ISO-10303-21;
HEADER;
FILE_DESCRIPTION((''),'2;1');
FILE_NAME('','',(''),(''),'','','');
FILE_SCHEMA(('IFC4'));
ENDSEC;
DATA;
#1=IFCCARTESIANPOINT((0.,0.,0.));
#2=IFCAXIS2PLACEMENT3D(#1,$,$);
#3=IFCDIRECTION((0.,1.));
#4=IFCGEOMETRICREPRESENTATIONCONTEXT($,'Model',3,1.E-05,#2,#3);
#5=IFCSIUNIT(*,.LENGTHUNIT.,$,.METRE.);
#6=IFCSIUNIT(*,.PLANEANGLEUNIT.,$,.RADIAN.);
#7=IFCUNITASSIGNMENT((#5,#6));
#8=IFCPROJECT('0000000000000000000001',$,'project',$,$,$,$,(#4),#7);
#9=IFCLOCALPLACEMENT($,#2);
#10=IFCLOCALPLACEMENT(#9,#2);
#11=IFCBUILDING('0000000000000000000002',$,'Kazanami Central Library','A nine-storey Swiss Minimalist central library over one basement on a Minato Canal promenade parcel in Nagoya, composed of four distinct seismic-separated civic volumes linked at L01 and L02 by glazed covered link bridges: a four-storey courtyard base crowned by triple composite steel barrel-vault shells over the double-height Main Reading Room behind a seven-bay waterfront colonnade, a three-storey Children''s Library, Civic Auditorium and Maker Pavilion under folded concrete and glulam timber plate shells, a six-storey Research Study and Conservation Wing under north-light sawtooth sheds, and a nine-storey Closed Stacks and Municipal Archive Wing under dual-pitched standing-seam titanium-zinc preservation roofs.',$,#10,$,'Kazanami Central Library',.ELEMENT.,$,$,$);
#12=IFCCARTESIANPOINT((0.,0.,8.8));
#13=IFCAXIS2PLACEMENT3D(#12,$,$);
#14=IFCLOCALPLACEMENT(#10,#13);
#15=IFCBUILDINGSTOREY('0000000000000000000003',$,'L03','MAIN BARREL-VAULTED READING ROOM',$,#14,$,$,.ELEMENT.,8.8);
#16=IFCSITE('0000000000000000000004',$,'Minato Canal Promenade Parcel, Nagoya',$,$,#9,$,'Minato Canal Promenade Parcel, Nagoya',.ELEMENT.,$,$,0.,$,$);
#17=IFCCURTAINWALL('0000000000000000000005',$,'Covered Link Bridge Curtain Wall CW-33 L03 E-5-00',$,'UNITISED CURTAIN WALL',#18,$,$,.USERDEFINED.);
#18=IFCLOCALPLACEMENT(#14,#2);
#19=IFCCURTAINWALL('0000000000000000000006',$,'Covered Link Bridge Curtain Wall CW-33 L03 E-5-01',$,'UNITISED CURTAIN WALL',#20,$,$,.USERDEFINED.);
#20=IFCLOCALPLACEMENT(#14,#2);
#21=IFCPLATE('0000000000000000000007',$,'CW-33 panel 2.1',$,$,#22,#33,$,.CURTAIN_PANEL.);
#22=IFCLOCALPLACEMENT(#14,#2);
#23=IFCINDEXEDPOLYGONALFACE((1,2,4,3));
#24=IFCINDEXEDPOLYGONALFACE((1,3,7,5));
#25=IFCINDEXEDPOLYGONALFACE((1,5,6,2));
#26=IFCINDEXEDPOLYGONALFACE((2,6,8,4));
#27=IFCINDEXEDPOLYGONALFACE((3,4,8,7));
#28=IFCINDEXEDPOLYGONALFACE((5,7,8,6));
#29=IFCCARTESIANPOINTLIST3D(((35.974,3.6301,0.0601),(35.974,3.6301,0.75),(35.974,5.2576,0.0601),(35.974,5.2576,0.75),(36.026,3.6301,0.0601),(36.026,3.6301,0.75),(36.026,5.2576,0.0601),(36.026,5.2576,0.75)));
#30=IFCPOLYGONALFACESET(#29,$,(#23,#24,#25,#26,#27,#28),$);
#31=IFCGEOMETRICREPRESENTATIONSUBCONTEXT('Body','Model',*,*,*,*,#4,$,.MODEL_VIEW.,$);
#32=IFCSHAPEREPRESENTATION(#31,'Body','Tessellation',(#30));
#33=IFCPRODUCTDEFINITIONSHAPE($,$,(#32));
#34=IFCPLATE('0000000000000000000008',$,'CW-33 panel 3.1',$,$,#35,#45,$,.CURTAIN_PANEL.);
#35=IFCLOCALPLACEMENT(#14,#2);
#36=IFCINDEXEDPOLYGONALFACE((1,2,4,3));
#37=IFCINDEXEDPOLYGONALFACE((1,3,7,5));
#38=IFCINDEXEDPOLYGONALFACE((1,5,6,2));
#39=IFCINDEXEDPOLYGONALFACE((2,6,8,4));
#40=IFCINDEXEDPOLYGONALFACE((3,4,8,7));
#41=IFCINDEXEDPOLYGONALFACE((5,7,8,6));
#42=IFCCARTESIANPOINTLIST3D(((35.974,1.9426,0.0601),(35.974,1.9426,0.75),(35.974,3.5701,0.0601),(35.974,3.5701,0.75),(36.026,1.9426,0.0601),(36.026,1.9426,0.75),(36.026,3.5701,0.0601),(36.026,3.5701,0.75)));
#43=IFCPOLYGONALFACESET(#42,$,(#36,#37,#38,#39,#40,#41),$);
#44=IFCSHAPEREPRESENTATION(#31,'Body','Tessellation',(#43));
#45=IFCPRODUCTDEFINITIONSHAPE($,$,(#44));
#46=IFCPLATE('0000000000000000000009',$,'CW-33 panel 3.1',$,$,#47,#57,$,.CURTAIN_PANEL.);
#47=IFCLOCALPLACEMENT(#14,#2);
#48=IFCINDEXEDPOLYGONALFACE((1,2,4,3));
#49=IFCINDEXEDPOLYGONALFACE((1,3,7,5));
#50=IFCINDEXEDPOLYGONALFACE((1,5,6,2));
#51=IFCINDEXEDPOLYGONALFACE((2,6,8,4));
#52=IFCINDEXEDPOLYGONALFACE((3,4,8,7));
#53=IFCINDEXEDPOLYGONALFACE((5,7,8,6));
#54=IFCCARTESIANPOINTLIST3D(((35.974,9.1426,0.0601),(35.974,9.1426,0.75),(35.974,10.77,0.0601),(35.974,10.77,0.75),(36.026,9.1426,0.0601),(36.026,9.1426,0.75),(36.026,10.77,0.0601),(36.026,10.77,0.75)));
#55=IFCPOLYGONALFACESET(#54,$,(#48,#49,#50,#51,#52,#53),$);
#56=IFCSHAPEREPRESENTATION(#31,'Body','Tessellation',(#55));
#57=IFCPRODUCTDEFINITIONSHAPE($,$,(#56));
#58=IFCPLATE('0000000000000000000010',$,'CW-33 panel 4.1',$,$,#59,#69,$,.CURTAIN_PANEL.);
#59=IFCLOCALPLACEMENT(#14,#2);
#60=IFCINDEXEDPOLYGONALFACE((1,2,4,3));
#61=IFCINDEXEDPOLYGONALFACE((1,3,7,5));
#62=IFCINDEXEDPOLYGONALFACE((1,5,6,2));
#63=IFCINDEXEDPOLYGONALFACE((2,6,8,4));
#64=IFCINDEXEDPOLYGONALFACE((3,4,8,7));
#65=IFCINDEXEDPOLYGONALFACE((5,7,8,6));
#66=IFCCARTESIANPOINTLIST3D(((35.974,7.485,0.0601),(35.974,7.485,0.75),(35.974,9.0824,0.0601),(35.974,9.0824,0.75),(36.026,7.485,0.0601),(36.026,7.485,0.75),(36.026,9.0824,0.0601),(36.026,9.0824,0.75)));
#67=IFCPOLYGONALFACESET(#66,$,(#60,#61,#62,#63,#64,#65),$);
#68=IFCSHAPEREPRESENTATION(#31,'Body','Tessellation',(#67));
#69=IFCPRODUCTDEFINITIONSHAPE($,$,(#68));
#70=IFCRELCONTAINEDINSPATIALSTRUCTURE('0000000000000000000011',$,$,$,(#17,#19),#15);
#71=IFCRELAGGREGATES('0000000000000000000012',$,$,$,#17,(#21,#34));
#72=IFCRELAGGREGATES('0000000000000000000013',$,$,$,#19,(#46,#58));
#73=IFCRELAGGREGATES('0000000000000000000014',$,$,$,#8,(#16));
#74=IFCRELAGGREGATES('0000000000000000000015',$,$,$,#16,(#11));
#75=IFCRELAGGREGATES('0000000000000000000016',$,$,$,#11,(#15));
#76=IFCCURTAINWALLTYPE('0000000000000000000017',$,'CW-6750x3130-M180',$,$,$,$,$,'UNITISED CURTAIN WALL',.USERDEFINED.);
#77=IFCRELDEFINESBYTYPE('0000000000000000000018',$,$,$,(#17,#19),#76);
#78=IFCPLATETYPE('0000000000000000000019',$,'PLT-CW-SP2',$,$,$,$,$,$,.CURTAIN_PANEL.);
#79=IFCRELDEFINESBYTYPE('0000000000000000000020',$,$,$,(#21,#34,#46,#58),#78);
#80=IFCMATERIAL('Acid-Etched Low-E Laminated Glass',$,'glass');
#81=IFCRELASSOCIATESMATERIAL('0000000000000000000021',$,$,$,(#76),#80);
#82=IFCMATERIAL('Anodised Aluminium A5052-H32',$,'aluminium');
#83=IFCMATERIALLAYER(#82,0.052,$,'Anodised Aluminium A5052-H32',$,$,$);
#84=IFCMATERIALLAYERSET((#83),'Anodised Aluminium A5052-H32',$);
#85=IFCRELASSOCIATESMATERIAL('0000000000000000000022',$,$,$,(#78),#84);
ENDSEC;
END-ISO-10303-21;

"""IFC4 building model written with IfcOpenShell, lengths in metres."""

from ifc_helpers import new_model, si_unit, direction, frame, origin, origin_2d, place, context, subcontext, project, spatial, rectangle, extrude, material, layer, layer_set, type_object, element, aggregate, save


model = new_model("IFC4")

# Units and contexts
model_context = context("Model", 3, precision=1e-05, world=origin(), true_north=direction((0.0, 1.0)))
body_context = subcontext(model_context, "Body", "Model", "MODEL_VIEW")
ifc_project = project(units=[si_unit("LENGTHUNIT", "METRE"), si_unit("PLANEANGLEUNIT", "RADIAN")], contexts=[model_context])

# Site, building, storey
site_placement = place(None, origin())
site = spatial("IfcSite", under=ifc_project, at=site_placement, Name="Minato Canal Promenade Parcel, Nagoya", LongName="Minato Canal Promenade Parcel, Nagoya", CompositionType="ELEMENT", RefElevation=0.0)
building_placement = place(site_placement, origin())
building = spatial("IfcBuilding", under=site, at=building_placement, Name="Kazanami Central Library", Description="A nine-storey Swiss Minimalist central library over one basement on a Minato Canal promenade parcel in Nagoya, composed of four distinct seismic-separated civic volumes linked at L01 and L02 by glazed covered link bridges: a four-storey courtyard base crowned by triple composite steel barrel-vault shells over the double-height Main Reading Room behind a seven-bay waterfront colonnade, a three-storey Children's Library, Civic Auditorium and Maker Pavilion under folded concrete and glulam timber plate shells, a six-storey Research Study and Conservation Wing under north-light sawtooth sheds, and a nine-storey Closed Stacks and Municipal Archive Wing under dual-pitched standing-seam titanium-zinc preservation roofs.", LongName="Kazanami Central Library", CompositionType="ELEMENT")
storey_placement = place(building_placement, frame((0.0, 0.0, 8.8)))
storey = spatial("IfcBuildingStorey", under=building, at=storey_placement, Name="L03", Description="MAIN BARREL-VAULTED READING ROOM", CompositionType="ELEMENT", Elevation=8.8)

# Curtain walls
ifc_material_1 = material(Name="Acid-Etched Low-E Laminated Glass", Category="glass")
curtain_wall_type = type_object("IfcCurtainWallType", Name="CW-6750x3130-M180", ElementType="UNITISED CURTAIN WALL", PredefinedType="USERDEFINED", material=ifc_material_1)
curtain_wall_1_placement = place(storey_placement, origin())
curtain_wall_1 = element("IfcCurtainWall", 1, at=curtain_wall_1_placement, inside=storey, type_object=curtain_wall_type, Name="Covered Link Bridge Curtain Wall CW-33 L03 E-5-00", ObjectType="UNITISED CURTAIN WALL", PredefinedType="USERDEFINED")
curtain_wall_2_placement = place(storey_placement, origin())
curtain_wall_2 = element("IfcCurtainWall", 2, at=curtain_wall_2_placement, inside=storey, type_object=curtain_wall_type, Name="Covered Link Bridge Curtain Wall CW-33 L03 E-5-01", ObjectType="UNITISED CURTAIN WALL", PredefinedType="USERDEFINED")

# Plates
ifc_material_2 = material(Name="Anodised Aluminium A5052-H32", Category="aluminium")
ifc_layer_1 = layer(ifc_material_2, 0.052, Name="Anodised Aluminium A5052-H32")
ifc_layer_set_1 = layer_set([ifc_layer_1], Name="Anodised Aluminium A5052-H32")
plate_type_1 = type_object("IfcPlateType", Name="PLT-CW-SP2", PredefinedType="CURTAIN_PANEL", material=ifc_layer_set_1)
plate_1_placement = place(storey_placement, frame((36.0, 4.4438, 0.0601), z_axis=(0.0, 0.0, 1.0), x_axis=(0.0, -1.0, 0.0)))
plate_1 = element("IfcPlate", 3, at=plate_1_placement, type_object=plate_type_1, Name="CW-33 panel 2.1", PredefinedType="CURTAIN_PANEL", context=body_context, shape_type="SweptSolid", body=[
    extrude(rectangle(XDim=1.6274, YDim=0.052, at=origin_2d()), origin(), (0.0, 0.0, 1.0), 0.6899),
])
plate_2_placement = place(storey_placement, frame((36.0, 2.7563, 0.0601), z_axis=(0.0, 0.0, 1.0), x_axis=(0.0, -1.0, 0.0)))
plate_2 = element("IfcPlate", 4, at=plate_2_placement, type_object=plate_type_1, Name="CW-33 panel 3.1", PredefinedType="CURTAIN_PANEL", context=body_context, shape_type="SweptSolid", body=[
    extrude(rectangle(XDim=1.6274, YDim=0.052, at=origin_2d()), origin(), (0.0, 0.0, 1.0), 0.6899),
])
aggregate(curtain_wall_1, [plate_1, plate_2])
plate_3_placement = place(storey_placement, frame((36.0, 9.9563, 0.0601), z_axis=(0.0, 0.0, 1.0), x_axis=(0.0, -1.0, 0.0)))
plate_3 = element("IfcPlate", 5, at=plate_3_placement, type_object=plate_type_1, Name="CW-33 panel 3.1", PredefinedType="CURTAIN_PANEL", context=body_context, shape_type="SweptSolid", body=[
    extrude(rectangle(XDim=1.6274, YDim=0.052, at=origin_2d()), origin(), (0.0, 0.0, 1.0), 0.6899),
])
plate_4_placement = place(storey_placement, frame((36.0, 8.2837, 0.0601), z_axis=(0.0, 0.0, 1.0), x_axis=(0.0, -1.0, 0.0)))
plate_4 = element("IfcPlate", 6, at=plate_4_placement, type_object=plate_type_1, Name="CW-33 panel 4.1", PredefinedType="CURTAIN_PANEL", context=body_context, shape_type="SweptSolid", body=[
    extrude(rectangle(XDim=1.5974, YDim=0.052, at=origin_2d()), origin(), (0.0, 0.0, 1.0), 0.6899),
])
aggregate(curtain_wall_2, [plate_3, plate_4])

save(model, "model.ifc")
